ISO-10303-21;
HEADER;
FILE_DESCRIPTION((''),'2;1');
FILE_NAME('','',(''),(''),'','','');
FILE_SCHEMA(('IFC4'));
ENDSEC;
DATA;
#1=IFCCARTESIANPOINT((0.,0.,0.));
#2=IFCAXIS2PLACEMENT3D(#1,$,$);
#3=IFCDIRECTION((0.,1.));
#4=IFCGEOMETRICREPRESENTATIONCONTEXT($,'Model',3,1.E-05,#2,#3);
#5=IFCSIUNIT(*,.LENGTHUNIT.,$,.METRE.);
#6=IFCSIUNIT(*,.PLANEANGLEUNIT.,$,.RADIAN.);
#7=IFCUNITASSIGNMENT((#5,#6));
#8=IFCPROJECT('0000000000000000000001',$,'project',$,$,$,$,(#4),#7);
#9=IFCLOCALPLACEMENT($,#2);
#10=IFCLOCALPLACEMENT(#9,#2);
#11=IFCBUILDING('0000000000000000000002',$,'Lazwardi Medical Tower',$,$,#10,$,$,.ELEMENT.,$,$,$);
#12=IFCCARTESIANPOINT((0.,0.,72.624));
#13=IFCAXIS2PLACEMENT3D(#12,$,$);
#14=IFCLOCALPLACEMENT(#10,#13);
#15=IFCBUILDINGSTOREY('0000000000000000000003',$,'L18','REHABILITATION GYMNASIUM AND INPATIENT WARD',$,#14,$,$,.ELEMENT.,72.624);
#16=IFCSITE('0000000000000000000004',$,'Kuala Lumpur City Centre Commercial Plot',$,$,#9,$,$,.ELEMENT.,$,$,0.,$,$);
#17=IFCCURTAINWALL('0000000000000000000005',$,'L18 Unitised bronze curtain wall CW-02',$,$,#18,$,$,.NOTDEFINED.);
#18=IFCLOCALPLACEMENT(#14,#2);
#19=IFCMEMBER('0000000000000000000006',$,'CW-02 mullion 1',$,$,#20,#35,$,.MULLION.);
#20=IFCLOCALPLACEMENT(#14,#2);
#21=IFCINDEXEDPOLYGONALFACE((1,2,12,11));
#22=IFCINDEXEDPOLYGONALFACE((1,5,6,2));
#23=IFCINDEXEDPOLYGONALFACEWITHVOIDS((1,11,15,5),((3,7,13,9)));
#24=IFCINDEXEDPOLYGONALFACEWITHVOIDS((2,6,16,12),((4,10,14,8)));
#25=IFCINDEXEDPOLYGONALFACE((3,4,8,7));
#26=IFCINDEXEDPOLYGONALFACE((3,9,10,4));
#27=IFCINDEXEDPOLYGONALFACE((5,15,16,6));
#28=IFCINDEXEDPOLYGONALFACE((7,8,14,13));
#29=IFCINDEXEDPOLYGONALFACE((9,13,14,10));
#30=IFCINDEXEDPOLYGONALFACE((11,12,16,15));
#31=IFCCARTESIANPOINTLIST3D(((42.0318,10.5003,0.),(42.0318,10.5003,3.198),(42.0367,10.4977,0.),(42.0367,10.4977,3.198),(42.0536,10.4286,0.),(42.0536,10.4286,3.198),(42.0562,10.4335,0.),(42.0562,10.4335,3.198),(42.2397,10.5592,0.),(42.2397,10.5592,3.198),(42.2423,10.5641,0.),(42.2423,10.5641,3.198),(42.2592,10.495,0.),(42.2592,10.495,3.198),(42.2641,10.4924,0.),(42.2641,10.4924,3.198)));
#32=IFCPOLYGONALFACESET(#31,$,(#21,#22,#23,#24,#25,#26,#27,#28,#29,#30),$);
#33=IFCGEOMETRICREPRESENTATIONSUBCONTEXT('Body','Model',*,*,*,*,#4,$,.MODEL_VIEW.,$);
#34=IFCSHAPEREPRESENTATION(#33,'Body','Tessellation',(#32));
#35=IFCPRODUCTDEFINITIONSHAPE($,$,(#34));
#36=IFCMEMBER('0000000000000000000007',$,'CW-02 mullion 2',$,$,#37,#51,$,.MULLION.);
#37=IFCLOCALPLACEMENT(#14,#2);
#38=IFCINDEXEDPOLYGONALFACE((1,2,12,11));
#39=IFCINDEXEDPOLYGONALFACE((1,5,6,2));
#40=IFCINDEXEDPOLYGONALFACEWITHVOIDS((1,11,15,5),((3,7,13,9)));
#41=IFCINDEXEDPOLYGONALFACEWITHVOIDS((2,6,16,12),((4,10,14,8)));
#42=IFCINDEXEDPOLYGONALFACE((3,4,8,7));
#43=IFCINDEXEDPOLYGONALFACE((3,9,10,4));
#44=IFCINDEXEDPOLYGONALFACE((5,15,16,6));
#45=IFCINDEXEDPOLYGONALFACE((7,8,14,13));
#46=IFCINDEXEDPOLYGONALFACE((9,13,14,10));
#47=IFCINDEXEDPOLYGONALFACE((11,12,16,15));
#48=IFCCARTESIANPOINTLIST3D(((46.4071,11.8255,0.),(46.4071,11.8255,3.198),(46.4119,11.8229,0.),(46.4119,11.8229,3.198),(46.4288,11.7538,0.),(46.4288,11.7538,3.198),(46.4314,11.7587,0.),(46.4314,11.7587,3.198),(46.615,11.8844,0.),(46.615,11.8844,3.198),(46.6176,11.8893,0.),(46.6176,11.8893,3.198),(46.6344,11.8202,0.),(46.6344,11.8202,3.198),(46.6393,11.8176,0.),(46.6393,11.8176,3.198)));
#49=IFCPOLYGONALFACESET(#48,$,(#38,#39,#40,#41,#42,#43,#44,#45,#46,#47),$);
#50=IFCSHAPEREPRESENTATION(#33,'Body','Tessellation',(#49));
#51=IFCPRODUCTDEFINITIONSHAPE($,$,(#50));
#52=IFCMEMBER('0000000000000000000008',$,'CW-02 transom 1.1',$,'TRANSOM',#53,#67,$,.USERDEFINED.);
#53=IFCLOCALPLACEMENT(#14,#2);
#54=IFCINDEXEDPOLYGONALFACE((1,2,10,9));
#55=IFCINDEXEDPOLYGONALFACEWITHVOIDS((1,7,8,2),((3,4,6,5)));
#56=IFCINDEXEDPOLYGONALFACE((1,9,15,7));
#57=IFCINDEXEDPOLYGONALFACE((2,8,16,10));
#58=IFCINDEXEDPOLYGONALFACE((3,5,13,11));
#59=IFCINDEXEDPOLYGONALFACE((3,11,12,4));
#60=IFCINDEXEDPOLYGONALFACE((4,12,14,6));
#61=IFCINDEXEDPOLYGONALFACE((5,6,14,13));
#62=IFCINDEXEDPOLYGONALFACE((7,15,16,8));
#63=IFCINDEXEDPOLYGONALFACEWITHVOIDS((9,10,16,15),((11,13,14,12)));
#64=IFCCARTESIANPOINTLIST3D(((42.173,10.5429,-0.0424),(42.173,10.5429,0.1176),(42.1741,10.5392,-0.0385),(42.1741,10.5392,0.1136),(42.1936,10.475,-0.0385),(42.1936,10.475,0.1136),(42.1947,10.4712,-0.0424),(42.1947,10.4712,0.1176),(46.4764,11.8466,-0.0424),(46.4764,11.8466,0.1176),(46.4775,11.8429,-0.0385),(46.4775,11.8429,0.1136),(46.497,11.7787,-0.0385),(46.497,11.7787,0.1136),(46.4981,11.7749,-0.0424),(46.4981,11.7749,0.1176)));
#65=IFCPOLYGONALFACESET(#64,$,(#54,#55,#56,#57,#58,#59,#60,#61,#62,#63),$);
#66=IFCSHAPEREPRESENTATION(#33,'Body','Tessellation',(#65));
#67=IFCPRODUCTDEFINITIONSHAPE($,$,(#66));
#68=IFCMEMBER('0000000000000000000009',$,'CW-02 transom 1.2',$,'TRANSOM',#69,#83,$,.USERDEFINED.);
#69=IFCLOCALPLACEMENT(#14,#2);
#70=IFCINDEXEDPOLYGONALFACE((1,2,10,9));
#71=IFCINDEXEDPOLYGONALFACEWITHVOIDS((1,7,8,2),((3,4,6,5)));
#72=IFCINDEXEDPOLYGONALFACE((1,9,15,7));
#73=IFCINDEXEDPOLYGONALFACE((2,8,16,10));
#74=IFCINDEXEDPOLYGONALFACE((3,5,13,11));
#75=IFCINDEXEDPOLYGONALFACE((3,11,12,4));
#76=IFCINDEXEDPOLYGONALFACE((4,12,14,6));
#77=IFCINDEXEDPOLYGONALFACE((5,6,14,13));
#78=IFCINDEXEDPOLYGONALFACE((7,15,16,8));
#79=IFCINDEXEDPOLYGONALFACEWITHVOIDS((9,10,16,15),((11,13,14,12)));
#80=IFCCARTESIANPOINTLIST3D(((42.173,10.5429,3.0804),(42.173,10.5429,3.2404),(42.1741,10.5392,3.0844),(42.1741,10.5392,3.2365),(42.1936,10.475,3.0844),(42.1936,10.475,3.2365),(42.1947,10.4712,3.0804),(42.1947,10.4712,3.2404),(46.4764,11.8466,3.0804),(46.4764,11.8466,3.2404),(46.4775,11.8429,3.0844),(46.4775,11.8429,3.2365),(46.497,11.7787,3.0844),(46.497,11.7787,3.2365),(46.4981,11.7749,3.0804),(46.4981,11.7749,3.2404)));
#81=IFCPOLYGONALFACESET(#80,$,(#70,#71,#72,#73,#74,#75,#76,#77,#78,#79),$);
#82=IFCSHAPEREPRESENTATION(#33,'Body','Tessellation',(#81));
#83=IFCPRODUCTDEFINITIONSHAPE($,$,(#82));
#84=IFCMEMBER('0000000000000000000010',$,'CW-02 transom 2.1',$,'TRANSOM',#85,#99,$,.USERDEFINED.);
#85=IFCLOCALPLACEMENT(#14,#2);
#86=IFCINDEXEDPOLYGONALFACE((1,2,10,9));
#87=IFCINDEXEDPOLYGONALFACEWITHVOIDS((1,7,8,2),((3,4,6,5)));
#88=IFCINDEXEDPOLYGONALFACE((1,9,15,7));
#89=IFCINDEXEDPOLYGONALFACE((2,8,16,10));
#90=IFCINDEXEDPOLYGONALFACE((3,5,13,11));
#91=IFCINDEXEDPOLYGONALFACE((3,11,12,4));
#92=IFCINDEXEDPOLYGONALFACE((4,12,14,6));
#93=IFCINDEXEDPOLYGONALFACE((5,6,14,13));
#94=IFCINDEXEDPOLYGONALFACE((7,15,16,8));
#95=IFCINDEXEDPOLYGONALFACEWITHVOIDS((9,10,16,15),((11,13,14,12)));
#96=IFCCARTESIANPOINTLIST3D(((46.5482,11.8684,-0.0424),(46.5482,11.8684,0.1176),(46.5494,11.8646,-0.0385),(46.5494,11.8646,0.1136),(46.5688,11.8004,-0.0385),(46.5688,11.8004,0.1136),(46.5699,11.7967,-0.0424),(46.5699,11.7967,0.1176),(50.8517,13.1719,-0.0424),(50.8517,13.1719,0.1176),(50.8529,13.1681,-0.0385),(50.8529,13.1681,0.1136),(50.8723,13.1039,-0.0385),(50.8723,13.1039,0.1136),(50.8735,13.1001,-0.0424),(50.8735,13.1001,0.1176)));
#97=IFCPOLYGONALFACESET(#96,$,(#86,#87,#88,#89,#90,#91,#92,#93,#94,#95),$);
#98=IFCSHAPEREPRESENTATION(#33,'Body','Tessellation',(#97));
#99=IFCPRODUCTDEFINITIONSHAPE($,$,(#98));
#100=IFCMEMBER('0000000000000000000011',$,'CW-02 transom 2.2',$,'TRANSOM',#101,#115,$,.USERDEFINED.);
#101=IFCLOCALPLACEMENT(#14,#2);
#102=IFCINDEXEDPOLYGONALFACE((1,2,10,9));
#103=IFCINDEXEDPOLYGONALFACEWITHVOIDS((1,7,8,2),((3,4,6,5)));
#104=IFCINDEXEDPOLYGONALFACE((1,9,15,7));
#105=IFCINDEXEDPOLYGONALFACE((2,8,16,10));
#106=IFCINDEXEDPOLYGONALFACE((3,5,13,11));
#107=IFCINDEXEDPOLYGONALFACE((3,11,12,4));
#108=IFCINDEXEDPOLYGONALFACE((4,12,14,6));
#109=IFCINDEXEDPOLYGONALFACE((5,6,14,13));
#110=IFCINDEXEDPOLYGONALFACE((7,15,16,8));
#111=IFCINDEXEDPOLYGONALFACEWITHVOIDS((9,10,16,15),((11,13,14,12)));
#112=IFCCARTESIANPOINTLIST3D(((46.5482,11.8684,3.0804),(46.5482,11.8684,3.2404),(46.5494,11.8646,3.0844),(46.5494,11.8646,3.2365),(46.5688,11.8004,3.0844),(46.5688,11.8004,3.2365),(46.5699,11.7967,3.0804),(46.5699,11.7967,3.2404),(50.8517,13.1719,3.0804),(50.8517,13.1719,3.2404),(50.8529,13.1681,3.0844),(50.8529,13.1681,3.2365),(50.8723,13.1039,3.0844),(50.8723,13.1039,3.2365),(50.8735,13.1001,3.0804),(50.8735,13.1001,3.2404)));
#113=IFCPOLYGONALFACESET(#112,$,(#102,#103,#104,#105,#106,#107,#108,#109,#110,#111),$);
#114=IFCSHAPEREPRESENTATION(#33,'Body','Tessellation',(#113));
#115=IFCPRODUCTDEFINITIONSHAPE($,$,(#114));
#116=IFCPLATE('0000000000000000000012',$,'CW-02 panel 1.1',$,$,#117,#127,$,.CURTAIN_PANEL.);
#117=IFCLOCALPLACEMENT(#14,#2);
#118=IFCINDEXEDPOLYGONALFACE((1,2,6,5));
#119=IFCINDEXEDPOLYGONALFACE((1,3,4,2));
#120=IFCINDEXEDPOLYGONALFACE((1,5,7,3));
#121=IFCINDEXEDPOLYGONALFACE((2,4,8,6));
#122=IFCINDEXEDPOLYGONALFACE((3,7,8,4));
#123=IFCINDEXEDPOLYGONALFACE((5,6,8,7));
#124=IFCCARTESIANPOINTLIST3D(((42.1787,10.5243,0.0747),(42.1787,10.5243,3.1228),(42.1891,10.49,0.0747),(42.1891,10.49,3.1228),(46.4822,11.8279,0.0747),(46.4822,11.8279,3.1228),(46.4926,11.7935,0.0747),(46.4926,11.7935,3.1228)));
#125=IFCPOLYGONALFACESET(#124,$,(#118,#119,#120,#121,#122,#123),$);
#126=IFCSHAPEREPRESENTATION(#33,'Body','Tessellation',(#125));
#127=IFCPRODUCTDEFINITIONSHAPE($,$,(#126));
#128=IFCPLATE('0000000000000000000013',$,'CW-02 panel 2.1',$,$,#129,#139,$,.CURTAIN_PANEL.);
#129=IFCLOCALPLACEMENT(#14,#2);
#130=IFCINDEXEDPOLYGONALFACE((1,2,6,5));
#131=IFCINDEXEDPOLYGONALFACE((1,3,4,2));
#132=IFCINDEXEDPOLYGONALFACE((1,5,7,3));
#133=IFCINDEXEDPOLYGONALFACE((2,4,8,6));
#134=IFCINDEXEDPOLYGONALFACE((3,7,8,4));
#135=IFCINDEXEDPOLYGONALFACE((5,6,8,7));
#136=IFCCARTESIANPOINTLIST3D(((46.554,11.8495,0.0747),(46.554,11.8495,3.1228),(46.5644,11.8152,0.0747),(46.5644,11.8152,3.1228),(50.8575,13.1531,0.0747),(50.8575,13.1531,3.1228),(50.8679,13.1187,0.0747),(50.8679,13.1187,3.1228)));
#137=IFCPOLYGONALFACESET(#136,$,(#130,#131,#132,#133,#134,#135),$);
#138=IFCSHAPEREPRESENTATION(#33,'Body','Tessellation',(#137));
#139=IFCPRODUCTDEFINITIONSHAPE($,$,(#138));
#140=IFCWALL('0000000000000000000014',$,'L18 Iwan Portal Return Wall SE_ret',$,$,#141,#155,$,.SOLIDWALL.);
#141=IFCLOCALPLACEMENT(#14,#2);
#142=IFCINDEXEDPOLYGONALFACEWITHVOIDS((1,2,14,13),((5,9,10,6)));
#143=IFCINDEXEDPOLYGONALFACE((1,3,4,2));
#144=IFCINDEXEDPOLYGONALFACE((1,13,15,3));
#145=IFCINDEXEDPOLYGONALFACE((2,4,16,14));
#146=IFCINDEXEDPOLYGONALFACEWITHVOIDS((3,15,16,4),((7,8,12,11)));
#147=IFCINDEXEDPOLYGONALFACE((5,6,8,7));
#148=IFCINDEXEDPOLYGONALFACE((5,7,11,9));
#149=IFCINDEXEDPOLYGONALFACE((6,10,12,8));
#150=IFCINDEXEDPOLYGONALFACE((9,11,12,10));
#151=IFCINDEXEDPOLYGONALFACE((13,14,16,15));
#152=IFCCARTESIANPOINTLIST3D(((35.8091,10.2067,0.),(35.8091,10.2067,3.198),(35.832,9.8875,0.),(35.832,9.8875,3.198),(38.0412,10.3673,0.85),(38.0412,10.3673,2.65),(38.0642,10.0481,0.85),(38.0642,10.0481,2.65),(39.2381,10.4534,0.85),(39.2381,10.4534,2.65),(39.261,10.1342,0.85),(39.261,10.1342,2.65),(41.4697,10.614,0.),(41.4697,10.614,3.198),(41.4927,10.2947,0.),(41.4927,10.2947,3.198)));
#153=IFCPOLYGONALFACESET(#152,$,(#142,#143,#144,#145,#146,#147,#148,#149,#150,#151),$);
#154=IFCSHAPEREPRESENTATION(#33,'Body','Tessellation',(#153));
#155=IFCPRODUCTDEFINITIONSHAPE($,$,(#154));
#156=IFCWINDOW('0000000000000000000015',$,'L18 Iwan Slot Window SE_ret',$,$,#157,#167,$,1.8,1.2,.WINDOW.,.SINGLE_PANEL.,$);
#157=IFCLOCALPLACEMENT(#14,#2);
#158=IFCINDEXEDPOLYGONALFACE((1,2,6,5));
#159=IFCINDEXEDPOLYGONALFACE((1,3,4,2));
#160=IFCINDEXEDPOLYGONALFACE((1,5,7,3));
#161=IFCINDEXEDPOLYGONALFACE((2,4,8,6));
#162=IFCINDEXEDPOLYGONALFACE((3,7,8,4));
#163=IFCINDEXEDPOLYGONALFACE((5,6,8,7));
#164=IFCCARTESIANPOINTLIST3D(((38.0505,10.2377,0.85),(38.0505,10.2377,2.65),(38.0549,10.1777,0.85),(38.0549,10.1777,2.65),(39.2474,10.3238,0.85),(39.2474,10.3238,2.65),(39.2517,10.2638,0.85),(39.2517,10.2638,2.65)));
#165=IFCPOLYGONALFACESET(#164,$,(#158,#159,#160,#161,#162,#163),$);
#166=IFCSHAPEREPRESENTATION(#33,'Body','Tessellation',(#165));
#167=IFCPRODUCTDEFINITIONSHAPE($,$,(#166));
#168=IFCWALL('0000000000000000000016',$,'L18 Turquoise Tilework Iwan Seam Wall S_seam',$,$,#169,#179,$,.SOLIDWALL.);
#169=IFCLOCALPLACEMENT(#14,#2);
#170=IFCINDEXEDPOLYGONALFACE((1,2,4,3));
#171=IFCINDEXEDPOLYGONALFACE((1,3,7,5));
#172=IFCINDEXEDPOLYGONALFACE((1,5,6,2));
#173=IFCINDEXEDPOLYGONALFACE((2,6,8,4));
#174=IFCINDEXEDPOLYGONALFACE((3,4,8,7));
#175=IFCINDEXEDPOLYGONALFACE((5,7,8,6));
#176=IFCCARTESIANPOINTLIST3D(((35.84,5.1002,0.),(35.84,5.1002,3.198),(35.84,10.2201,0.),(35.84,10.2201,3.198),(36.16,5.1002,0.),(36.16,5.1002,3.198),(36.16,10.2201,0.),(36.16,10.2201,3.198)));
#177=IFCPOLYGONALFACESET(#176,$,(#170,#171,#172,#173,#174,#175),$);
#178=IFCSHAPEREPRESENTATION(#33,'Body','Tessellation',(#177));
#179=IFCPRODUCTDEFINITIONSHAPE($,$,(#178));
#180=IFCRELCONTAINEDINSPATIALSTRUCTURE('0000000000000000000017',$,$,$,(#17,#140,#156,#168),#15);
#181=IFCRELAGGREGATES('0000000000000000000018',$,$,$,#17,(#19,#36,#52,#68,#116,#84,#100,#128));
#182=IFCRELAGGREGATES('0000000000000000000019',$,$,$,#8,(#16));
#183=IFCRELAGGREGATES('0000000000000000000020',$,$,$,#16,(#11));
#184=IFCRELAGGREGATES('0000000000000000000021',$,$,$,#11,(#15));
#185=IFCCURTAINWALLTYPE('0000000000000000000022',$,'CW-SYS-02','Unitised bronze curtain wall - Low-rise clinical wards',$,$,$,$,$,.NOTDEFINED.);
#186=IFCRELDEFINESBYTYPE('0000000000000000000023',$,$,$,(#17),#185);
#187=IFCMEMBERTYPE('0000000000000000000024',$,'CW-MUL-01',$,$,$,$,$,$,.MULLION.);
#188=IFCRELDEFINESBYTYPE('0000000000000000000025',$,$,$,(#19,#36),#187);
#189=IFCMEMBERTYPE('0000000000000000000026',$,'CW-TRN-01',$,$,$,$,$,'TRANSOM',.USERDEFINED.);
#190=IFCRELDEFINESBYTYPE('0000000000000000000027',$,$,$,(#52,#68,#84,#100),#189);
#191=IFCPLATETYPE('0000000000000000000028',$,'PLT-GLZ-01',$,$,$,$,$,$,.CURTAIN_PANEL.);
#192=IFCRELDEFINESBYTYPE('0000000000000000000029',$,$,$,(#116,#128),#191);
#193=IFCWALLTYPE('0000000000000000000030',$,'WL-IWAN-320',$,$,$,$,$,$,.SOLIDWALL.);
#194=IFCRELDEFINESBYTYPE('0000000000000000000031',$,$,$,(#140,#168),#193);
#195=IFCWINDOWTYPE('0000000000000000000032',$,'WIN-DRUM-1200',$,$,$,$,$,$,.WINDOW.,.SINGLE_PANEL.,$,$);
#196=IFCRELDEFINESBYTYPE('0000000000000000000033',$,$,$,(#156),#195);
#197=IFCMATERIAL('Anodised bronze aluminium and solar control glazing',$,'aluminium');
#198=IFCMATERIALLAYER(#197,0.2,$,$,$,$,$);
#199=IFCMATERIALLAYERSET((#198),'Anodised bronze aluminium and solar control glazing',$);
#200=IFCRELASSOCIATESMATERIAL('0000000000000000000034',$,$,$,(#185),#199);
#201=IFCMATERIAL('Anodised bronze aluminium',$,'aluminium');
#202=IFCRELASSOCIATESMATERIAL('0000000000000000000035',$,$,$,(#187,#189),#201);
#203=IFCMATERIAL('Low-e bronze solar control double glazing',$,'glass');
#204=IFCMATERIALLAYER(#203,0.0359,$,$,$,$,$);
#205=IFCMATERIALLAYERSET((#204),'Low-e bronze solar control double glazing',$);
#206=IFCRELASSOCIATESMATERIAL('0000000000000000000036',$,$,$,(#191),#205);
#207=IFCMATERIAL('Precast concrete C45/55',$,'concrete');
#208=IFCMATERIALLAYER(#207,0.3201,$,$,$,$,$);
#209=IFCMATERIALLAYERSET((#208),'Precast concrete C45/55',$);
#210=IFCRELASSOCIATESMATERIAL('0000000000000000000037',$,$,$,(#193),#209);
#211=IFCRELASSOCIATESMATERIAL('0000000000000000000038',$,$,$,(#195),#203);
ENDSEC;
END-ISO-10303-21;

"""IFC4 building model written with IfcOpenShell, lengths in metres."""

from ifc_helpers import new_model, si_unit, direction, frame, frame_2d, origin, origin_2d, place, context, subcontext, project, spatial, rectangle, hollow_rectangle, extrude, material, layer, layer_set, material_profile, profile_set, type_object, element, fill, aggregate, save


model = new_model("IFC4")

# Units and contexts
model_context = context("Model", 3, precision=1e-05, world=origin(), true_north=direction((0.0, 1.0)))
body_context = subcontext(model_context, "Body", "Model", "MODEL_VIEW")
ifc_project = project(units=[si_unit("LENGTHUNIT", "METRE"), si_unit("PLANEANGLEUNIT", "RADIAN")], contexts=[model_context])

# Site, building, storey
site_placement = place(None, origin())
site = spatial("IfcSite", under=ifc_project, at=site_placement, Name="Kuala Lumpur City Centre Commercial Plot", CompositionType="ELEMENT", RefElevation=0.0)
building_placement = place(site_placement, origin())
building = spatial("IfcBuilding", under=site, at=building_placement, Name="Lazwardi Medical Tower", CompositionType="ELEMENT")
storey_placement = place(building_placement, frame((0.0, 0.0, 72.624)))
storey = spatial("IfcBuildingStorey", under=building, at=storey_placement, Name="L18", Description="REHABILITATION GYMNASIUM AND INPATIENT WARD", CompositionType="ELEMENT", Elevation=72.624)

# Curtain wall, members, plates
ifc_material_1 = material(Name="Anodised bronze aluminium and solar control glazing", Category="aluminium")
ifc_layer_1 = layer(ifc_material_1, 0.2)
ifc_layer_set_1 = layer_set([ifc_layer_1], Name="Anodised bronze aluminium and solar control glazing")
curtain_wall_type = type_object("IfcCurtainWallType", Name="CW-SYS-02", Description="Unitised bronze curtain wall - Low-rise clinical wards", PredefinedType="NOTDEFINED", material=ifc_layer_set_1)
curtain_wall_placement = place(storey_placement, origin())
curtain_wall = element("IfcCurtainWall", 1, at=curtain_wall_placement, inside=storey, type_object=curtain_wall_type, Name="L18 Unitised bronze curtain wall CW-02", PredefinedType="NOTDEFINED")
ifc_material_2 = material(Name="Anodised bronze aluminium", Category="aluminium")
ifc_material_profile_1 = material_profile(ifc_material_2, hollow_rectangle(XDim=0.075, YDim=0.22, WallThickness=0.0039, at=origin_2d()), Name="ALU-MULLION 220x75x4")
ifc_profile_set_1 = profile_set([ifc_material_profile_1], Name="Anodised bronze aluminium")
member_type_1 = type_object("IfcMemberType", Name="CW-MUL-01", PredefinedType="MULLION", material=ifc_profile_set_1)
member_1_placement = place(storey_placement, frame((42.1479, 10.4963, 0.0), z_axis=(0.0, 0.0, 1.0), x_axis=(-0.289896, 0.957058, 0.0)))
member_1 = element("IfcMember", 2, at=member_1_placement, type_object=member_type_1, Name="CW-02 mullion 1", PredefinedType="MULLION", context=body_context, shape_type="SweptSolid", body=[
    extrude(hollow_rectangle(XDim=0.075, YDim=0.22, WallThickness=0.0039, at=origin_2d()), origin(), (0.0, 0.0, 1.0), 3.198),
])
member_2_placement = place(storey_placement, frame((46.5232, 11.8215, 0.0), z_axis=(0.0, 0.0, 1.0), x_axis=(-0.289896, 0.957058, 0.0)))
member_2 = element("IfcMember", 3, at=member_2_placement, type_object=member_type_1, Name="CW-02 mullion 2", PredefinedType="MULLION", context=body_context, shape_type="SweptSolid", body=[
    extrude(hollow_rectangle(XDim=0.075, YDim=0.22, WallThickness=0.0039, at=origin_2d()), origin(), (0.0, 0.0, 1.0), 3.198),
])
ifc_material_profile_2 = material_profile(ifc_material_2, hollow_rectangle(XDim=0.075, YDim=0.1599, WallThickness=0.0039, at=origin_2d()), Name="ALU-TRANSOM 160x75x4")
ifc_profile_set_2 = profile_set([ifc_material_profile_2], Name="Anodised bronze aluminium")
member_type_2 = type_object("IfcMemberType", Name="CW-TRN-01", ElementType="TRANSOM", PredefinedType="USERDEFINED", material=ifc_profile_set_2)
member_3_placement = place(storey_placement, frame((42.1838, 10.5071, 0.0376), z_axis=(0.957047, 0.289932, 0.0), x_axis=(-0.289932, 0.957047, 0.0)))
member_3 = element("IfcMember", 4, at=member_3_placement, type_object=member_type_2, Name="CW-02 transom 1.1", ObjectType="TRANSOM", PredefinedType="USERDEFINED", context=body_context, shape_type="SweptSolid", body=[
    extrude(hollow_rectangle(XDim=0.075, YDim=0.1599, WallThickness=0.0039, at=origin_2d()), origin(), (0.0, 0.0, 1.0), 4.4966),
])
member_4_placement = place(storey_placement, frame((42.1838, 10.5071, 3.1604), z_axis=(0.957047, 0.289932, 0.0), x_axis=(-0.289932, 0.957047, 0.0)))
member_4 = element("IfcMember", 5, at=member_4_placement, type_object=member_type_2, Name="CW-02 transom 1.2", ObjectType="TRANSOM", PredefinedType="USERDEFINED", context=body_context, shape_type="SweptSolid", body=[
    extrude(hollow_rectangle(XDim=0.075, YDim=0.1599, WallThickness=0.0039, at=origin_2d()), origin(), (0.0, 0.0, 1.0), 4.4966),
])
member_5_placement = place(storey_placement, frame((46.5591, 11.8325, 0.0376), z_axis=(0.957062, 0.289882, 0.0), x_axis=(-0.289882, 0.957062, 0.0)))
member_5 = element("IfcMember", 6, at=member_5_placement, type_object=member_type_2, Name="CW-02 transom 2.1", ObjectType="TRANSOM", PredefinedType="USERDEFINED", context=body_context, shape_type="SweptSolid", body=[
    extrude(hollow_rectangle(XDim=0.075, YDim=0.1599, WallThickness=0.0039, at=origin_2d()), origin(), (0.0, 0.0, 1.0), 4.4966),
])
member_6_placement = place(storey_placement, frame((46.5591, 11.8325, 3.1604), z_axis=(0.957062, 0.289882, 0.0), x_axis=(-0.289882, 0.957062, 0.0)))
member_6 = element("IfcMember", 7, at=member_6_placement, type_object=member_type_2, Name="CW-02 transom 2.2", ObjectType="TRANSOM", PredefinedType="USERDEFINED", context=body_context, shape_type="SweptSolid", body=[
    extrude(hollow_rectangle(XDim=0.075, YDim=0.1599, WallThickness=0.0039, at=origin_2d()), origin(), (0.0, 0.0, 1.0), 4.4966),
])
ifc_material_3 = material(Name="Low-e bronze solar control double glazing", Category="glass")
ifc_layer_2 = layer(ifc_material_3, 0.0359)
ifc_layer_set_2 = layer_set([ifc_layer_2], Name="Low-e bronze solar control double glazing")
plate_type = type_object("IfcPlateType", Name="PLT-GLZ-01", PredefinedType="CURTAIN_PANEL", material=ifc_layer_set_2)
plate_1_placement = place(storey_placement, frame((44.3357, 11.1589, 0.0747), z_axis=(0.0, 0.0, 1.0), x_axis=(0.957058, 0.289896, 0.0)))
plate_1 = element("IfcPlate", 8, at=plate_1_placement, type_object=plate_type, Name="CW-02 panel 1.1", PredefinedType="CURTAIN_PANEL", context=body_context, shape_type="SweptSolid", body=[
    extrude(rectangle(XDim=4.4966, YDim=0.0359, at=origin_2d()), origin(), (0.0, 0.0, 1.0), 3.0481),
])
plate_2_placement = place(storey_placement, frame((48.7109, 12.4841, 0.0747), z_axis=(0.0, 0.0, 1.0), x_axis=(0.957058, 0.289896, 0.0)))
plate_2 = element("IfcPlate", 9, at=plate_2_placement, type_object=plate_type, Name="CW-02 panel 2.1", PredefinedType="CURTAIN_PANEL", context=body_context, shape_type="SweptSolid", body=[
    extrude(rectangle(XDim=4.4966, YDim=0.0359, at=origin_2d()), origin(), (0.0, 0.0, 1.0), 3.0481),
])
aggregate(curtain_wall, [member_1, member_2, member_3, member_4, plate_1, member_5, member_6, plate_2])

# Wall, opening, window
ifc_material_4 = material(Name="Precast concrete C45/55", Category="concrete")
ifc_layer_3 = layer(ifc_material_4, 0.3201)
ifc_layer_set_3 = layer_set([ifc_layer_3], Name="Precast concrete C45/55")
wall_type_1 = type_object("IfcWallType", Name="WL-IWAN-320", PredefinedType="SOLIDWALL", material=ifc_layer_set_3)
wall_1_placement = place(storey_placement, frame((35.8206, 10.0471, 0.0), z_axis=(0.0, 0.0, 1.0), x_axis=(0.997422, 0.071755, 0.0)))
wall_1 = element("IfcWall", 10, at=wall_1_placement, inside=storey, type_object=wall_type_1, Name="L18 Iwan Portal Return Wall SE_ret", PredefinedType="SOLIDWALL", context=body_context, shape_type="SweptSolid", body=[
    extrude(rectangle(XDim=5.6753, YDim=0.3201, at=frame_2d((2.8376, 0.0))), origin(), (0.0, 0.0, 1.0), 3.198),
])
opening_placement = place(wall_1_placement, frame((2.2378, 0.0, 0.8501)))
opening = element("IfcOpeningElement", 11, at=opening_placement, cuts=wall_1, PredefinedType="OPENING", context=body_context, shape_type="SweptSolid", body=[
    extrude(rectangle(XDim=1.2, YDim=1.8, at=frame_2d((0.6001, 0.8999))), frame((0.0, 0.1699, 0.0), z_axis=(0.0, -1.0, 0.0), x_axis=(1.0, 0.0, 0.0)), (0.0, 0.0, 1.0), 0.3401),
])
window_type = type_object("IfcWindowType", Name="WIN-DRUM-1200", PartitioningType="SINGLE_PANEL", PredefinedType="WINDOW", material=ifc_material_3)
window_placement = place(opening_placement, origin())
window = element("IfcWindow", 12, at=window_placement, inside=storey, type_object=window_type, Name="L18 Iwan Slot Window SE_ret", OverallHeight=1.8, OverallWidth=1.2, PartitioningType="SINGLE_PANEL", PredefinedType="WINDOW", context=body_context, shape_type="SweptSolid", body=[
    extrude(rectangle(XDim=1.2, YDim=1.8, at=frame_2d((0.6001, 0.8999))), frame((0.0, 0.03, 0.0), z_axis=(0.0, -1.0, 0.0), x_axis=(1.0, 0.0, 0.0)), (0.0, 0.0, 1.0), 0.0601),
])
fill(opening, window)

# Wall
wall_2_placement = place(storey_placement, frame((36.0, 5.1001, 0.0), z_axis=(0.0, 0.0, 1.0), x_axis=(0.0, 1.0, 0.0)))
element("IfcWall", 13, at=wall_2_placement, inside=storey, type_object=wall_type_1, Name="L18 Turquoise Tilework Iwan Seam Wall S_seam", PredefinedType="SOLIDWALL", context=body_context, shape_type="SweptSolid", body=[
    extrude(rectangle(XDim=5.1199, YDim=0.3201, at=frame_2d((2.5601, 0.0))), origin(), (0.0, 0.0, 1.0), 3.198),
])

save(model, "model.ifc")
